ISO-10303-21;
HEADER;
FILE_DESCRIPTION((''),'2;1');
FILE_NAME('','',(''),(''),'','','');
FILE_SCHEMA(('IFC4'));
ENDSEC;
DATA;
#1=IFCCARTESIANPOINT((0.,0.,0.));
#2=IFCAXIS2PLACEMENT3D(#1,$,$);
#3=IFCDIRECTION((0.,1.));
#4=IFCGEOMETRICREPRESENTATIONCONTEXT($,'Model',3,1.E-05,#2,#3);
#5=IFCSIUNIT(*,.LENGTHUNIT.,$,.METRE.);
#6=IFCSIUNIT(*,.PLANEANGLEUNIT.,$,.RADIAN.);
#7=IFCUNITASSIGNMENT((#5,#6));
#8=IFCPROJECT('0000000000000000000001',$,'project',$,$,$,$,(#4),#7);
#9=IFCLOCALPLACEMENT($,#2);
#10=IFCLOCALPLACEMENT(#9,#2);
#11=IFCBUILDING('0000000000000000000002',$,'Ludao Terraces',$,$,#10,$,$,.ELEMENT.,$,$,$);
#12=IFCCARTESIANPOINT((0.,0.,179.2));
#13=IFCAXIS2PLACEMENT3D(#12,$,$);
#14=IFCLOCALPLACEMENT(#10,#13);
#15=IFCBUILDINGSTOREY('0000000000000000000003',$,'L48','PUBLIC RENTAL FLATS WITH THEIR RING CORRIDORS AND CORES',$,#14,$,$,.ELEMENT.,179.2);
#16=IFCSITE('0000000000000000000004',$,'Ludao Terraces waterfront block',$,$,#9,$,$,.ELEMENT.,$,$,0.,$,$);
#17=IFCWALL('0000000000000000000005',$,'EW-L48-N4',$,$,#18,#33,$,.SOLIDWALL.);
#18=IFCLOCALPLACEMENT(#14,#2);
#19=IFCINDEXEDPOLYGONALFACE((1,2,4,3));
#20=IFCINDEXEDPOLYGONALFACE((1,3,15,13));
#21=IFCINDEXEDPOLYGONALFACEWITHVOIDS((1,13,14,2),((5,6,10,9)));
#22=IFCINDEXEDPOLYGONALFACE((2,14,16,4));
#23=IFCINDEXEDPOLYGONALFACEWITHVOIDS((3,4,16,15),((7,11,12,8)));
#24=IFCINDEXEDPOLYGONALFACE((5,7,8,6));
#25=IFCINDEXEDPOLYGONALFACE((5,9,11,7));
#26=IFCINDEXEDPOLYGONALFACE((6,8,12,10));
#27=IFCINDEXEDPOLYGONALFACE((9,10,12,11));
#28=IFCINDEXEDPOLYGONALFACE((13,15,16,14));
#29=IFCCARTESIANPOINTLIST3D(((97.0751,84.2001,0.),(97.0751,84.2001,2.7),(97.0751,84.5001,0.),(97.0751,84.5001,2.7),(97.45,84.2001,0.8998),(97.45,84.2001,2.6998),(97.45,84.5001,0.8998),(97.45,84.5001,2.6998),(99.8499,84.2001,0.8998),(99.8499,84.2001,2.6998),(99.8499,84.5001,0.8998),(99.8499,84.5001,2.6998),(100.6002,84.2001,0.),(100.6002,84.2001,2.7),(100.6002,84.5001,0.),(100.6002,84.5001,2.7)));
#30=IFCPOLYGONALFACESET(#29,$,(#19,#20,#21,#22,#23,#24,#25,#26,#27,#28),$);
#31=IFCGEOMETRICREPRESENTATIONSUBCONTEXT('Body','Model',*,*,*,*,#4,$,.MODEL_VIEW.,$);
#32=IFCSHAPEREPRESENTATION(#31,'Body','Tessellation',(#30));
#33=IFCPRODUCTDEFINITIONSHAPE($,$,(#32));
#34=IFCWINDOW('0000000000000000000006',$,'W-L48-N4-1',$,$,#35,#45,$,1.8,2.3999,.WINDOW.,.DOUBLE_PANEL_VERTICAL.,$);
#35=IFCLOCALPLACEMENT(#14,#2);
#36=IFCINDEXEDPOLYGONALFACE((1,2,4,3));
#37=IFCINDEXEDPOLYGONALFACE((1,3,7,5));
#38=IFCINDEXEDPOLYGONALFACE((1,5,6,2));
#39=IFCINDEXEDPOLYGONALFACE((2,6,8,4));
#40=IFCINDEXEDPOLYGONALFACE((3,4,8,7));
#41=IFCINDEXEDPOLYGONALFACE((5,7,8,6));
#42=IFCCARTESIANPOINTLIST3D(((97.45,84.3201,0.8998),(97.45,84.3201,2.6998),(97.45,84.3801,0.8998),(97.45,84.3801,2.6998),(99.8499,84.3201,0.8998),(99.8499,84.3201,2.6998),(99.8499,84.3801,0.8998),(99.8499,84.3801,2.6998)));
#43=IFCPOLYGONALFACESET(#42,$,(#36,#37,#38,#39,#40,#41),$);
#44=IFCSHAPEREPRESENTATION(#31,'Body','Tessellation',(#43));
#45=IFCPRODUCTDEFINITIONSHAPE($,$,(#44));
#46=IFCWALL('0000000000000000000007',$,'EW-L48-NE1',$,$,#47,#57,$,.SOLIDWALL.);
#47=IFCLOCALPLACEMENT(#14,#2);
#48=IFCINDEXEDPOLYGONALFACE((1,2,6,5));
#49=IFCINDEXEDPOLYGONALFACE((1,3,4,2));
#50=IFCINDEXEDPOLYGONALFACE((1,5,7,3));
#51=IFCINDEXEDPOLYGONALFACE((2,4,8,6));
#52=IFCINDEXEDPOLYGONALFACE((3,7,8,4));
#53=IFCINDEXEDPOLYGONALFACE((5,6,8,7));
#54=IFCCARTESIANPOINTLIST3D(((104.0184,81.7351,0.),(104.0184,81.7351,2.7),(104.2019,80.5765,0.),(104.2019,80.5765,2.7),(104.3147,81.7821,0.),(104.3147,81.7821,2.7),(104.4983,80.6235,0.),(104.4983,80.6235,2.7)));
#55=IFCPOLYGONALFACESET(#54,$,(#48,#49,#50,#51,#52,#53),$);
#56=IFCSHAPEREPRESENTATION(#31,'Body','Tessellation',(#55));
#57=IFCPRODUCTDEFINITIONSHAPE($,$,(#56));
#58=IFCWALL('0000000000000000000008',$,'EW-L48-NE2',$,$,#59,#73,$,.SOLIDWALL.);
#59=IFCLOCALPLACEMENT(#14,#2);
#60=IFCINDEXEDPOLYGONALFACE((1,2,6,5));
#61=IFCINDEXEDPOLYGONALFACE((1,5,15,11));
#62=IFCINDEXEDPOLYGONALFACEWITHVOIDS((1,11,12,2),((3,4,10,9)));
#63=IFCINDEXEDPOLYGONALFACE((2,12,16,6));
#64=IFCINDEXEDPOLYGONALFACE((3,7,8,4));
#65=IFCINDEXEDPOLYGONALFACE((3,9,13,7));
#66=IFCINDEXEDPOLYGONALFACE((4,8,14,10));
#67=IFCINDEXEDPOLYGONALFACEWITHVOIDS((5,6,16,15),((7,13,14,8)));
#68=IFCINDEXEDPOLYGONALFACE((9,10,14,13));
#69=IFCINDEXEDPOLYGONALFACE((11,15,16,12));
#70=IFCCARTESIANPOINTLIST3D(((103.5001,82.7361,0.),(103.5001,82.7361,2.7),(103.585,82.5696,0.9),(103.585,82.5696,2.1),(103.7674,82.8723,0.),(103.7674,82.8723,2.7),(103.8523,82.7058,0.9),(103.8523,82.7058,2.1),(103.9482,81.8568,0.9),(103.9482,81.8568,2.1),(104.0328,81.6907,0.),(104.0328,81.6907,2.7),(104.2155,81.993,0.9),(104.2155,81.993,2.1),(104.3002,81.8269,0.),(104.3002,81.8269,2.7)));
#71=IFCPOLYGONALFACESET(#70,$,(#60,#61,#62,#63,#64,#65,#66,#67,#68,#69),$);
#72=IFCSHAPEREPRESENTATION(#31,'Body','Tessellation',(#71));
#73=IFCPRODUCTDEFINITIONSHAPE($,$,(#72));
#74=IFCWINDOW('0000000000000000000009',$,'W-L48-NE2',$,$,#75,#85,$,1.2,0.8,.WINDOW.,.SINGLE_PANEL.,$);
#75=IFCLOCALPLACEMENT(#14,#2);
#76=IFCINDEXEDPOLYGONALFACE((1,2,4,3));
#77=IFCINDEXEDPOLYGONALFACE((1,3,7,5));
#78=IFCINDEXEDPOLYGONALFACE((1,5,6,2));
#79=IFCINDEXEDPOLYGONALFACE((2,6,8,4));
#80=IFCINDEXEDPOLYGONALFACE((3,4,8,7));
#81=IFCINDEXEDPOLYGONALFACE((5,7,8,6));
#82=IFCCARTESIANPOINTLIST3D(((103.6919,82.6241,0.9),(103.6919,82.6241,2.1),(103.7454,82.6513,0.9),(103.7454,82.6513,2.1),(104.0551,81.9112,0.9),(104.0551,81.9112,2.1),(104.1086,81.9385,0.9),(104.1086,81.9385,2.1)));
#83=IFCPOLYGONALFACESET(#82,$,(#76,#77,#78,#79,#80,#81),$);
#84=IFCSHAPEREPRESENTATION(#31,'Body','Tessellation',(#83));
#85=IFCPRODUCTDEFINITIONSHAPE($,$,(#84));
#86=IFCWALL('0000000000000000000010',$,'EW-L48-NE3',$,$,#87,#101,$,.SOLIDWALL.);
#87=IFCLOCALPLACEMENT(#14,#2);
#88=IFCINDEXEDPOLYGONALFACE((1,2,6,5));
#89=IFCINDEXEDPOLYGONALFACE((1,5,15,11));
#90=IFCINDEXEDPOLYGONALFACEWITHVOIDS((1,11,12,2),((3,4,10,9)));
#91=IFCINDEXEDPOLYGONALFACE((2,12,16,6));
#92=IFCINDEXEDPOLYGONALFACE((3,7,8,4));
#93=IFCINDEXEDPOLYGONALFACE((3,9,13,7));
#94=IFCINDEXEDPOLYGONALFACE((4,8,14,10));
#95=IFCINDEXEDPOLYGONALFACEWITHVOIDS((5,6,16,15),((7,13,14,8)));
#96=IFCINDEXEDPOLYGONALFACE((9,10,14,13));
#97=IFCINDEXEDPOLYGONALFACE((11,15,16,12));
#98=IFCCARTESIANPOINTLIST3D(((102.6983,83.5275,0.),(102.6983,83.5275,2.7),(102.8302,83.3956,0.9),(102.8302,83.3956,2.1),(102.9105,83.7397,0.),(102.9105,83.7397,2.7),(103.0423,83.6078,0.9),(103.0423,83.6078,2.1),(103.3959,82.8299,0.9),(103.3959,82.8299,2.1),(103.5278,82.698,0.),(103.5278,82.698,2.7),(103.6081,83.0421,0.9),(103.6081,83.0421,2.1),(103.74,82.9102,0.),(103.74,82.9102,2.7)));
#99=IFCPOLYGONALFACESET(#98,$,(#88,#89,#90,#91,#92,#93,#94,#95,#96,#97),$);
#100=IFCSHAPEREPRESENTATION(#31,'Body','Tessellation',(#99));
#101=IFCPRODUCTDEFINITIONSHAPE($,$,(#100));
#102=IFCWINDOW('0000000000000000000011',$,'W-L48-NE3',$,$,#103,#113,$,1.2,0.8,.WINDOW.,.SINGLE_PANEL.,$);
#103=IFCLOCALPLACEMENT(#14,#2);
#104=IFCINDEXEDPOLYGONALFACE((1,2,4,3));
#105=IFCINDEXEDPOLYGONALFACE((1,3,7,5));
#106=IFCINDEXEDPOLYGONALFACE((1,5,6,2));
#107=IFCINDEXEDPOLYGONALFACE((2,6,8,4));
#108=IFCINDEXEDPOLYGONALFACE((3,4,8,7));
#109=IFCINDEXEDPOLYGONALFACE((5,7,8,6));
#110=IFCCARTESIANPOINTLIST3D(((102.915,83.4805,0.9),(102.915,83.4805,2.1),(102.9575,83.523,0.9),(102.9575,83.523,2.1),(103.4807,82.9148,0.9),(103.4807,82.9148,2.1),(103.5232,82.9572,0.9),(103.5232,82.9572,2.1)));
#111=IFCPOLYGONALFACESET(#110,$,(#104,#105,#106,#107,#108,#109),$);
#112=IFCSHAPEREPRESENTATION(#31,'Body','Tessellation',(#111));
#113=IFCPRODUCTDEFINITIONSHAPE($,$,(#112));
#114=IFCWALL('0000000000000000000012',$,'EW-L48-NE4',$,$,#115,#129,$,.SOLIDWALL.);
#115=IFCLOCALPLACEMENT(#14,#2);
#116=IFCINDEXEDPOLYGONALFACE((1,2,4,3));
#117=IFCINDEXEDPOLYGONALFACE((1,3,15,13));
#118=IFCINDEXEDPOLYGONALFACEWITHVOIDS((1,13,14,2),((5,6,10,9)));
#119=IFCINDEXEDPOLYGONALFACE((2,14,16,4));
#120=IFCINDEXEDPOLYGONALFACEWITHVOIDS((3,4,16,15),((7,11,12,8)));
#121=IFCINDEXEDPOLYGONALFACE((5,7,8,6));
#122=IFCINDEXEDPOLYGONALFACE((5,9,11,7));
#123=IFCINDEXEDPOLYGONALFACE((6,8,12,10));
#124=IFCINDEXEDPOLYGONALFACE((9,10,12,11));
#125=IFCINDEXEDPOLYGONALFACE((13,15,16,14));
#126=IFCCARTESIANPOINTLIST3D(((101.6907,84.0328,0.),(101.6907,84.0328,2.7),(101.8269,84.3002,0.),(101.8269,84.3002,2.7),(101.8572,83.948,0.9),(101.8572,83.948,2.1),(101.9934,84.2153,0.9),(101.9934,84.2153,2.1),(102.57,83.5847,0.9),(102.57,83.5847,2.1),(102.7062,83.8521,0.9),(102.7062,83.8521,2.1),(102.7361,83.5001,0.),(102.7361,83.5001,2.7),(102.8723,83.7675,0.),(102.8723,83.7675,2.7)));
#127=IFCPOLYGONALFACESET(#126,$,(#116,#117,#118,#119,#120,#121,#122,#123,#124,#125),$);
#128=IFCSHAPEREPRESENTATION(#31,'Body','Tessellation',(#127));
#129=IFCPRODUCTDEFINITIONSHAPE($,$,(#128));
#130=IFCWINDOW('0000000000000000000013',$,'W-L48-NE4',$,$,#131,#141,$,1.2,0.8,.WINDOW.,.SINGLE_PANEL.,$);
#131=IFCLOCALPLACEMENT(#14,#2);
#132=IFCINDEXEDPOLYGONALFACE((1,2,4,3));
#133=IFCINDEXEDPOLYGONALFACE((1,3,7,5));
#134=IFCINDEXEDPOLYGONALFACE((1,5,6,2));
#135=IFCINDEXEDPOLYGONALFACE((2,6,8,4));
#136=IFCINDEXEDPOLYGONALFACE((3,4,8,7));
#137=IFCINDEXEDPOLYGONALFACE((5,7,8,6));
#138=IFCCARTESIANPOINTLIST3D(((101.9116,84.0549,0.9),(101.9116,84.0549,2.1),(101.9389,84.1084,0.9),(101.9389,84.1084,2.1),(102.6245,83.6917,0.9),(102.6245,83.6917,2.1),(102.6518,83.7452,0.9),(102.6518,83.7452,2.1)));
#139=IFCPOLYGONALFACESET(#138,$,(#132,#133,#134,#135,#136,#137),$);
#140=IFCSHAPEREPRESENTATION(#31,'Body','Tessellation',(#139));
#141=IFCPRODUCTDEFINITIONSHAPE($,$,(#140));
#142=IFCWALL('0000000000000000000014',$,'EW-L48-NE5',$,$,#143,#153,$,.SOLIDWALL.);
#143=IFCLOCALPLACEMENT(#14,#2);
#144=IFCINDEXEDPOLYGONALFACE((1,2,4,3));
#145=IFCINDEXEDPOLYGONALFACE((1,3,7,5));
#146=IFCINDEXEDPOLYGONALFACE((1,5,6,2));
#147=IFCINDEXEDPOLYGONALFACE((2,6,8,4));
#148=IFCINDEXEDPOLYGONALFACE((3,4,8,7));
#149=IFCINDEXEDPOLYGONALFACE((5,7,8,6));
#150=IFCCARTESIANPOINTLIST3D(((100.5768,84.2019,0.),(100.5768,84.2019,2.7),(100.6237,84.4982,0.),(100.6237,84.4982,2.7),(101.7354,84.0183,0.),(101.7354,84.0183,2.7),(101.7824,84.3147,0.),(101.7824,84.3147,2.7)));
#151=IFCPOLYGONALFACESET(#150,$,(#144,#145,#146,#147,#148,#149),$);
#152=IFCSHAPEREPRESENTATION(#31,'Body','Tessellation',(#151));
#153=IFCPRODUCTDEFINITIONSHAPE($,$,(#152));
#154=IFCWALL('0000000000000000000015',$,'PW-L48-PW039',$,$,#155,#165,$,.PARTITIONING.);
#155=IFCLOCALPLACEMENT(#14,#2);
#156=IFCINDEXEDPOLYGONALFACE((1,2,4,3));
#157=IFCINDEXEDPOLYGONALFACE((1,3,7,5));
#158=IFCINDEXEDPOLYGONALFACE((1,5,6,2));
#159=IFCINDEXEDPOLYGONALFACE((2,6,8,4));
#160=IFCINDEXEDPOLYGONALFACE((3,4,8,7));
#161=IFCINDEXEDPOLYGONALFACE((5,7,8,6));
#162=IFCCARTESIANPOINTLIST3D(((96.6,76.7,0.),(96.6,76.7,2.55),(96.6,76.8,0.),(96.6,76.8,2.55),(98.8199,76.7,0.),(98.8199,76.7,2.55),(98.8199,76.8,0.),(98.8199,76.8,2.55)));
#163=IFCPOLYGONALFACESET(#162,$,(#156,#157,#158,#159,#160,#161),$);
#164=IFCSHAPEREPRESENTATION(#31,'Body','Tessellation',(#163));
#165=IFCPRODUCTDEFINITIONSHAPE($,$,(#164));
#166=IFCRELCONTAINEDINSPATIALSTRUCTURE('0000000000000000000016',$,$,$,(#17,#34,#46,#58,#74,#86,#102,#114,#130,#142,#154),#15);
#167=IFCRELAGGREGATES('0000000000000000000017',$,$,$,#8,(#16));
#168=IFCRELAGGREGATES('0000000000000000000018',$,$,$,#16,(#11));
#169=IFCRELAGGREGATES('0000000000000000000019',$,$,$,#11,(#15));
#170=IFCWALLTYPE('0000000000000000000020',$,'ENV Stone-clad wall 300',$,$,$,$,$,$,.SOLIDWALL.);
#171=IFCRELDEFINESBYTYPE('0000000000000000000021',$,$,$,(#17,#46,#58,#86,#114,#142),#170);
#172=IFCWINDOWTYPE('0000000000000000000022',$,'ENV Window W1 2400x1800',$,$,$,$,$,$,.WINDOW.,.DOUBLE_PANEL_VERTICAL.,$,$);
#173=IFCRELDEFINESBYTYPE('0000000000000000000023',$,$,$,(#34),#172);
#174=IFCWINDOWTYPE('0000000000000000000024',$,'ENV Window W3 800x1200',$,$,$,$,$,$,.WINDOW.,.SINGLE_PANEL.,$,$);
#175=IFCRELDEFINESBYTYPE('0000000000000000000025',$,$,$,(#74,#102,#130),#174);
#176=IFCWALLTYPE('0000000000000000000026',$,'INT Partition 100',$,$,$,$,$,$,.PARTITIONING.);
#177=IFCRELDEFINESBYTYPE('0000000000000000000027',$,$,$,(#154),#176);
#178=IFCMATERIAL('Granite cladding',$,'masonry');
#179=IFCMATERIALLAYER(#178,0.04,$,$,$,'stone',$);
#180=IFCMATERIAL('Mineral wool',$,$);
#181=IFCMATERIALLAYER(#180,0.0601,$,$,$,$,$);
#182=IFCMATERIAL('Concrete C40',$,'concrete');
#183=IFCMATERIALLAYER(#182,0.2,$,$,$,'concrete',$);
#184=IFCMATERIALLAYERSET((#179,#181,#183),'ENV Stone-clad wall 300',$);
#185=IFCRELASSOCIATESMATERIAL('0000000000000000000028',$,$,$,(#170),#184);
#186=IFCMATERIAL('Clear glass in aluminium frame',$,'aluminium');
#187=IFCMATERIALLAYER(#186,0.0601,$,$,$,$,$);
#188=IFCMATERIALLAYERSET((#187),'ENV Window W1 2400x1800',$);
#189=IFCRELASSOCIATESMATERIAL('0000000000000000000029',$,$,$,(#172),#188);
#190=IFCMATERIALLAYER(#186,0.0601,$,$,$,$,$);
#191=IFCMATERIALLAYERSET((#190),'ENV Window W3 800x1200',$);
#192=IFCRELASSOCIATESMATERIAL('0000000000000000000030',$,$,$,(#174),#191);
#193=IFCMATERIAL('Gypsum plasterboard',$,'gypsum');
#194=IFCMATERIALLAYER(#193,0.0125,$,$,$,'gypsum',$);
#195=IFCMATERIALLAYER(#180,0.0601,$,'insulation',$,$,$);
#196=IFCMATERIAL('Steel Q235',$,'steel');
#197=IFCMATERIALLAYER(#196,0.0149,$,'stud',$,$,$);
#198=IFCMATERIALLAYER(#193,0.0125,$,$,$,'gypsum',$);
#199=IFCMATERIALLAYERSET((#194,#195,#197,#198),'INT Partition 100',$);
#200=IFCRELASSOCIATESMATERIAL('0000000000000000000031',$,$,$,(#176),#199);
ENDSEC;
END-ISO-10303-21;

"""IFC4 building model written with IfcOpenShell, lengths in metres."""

from ifc_helpers import new_model, si_unit, direction, frame, frame_2d, origin, place, context, subcontext, project, spatial, rectangle, extrude, material, layer, layer_set, type_object, element, fill, save


model = new_model("IFC4")

# Units and contexts
model_context = context("Model", 3, precision=1e-05, world=origin(), true_north=direction((0.0, 1.0)))
body_context = subcontext(model_context, "Body", "Model", "MODEL_VIEW")
ifc_project = project(units=[si_unit("LENGTHUNIT", "METRE"), si_unit("PLANEANGLEUNIT", "RADIAN")], contexts=[model_context])

# Site, building, storey
site_placement = place(None, origin())
site = spatial("IfcSite", under=ifc_project, at=site_placement, Name="Ludao Terraces waterfront block", CompositionType="ELEMENT", RefElevation=0.0)
building_placement = place(site_placement, origin())
building = spatial("IfcBuilding", under=site, at=building_placement, Name="Ludao Terraces", CompositionType="ELEMENT")
storey_placement = place(building_placement, frame((0.0, 0.0, 179.2)))
storey = spatial("IfcBuildingStorey", under=building, at=storey_placement, Name="L48", Description="PUBLIC RENTAL FLATS WITH THEIR RING CORRIDORS AND CORES", CompositionType="ELEMENT", Elevation=179.2)

# Shared definitions
ifc_material_1 = material(Name="Concrete C40", Category="concrete")

# Shared definitions
ifc_material_2 = material(Name="Steel Q235", Category="steel")

# Shared definitions
ifc_material_3 = material(Name="Granite cladding", Category="masonry")
ifc_layer_1 = layer(ifc_material_3, 0.04, Category="stone")
ifc_material_4 = material(Name="Mineral wool")
ifc_layer_2 = layer(ifc_material_4, 0.0601)
ifc_layer_3 = layer(ifc_material_1, 0.2, Category="concrete")
ifc_layer_set_1 = layer_set([ifc_layer_1, ifc_layer_2, ifc_layer_3], Name="ENV Stone-clad wall 300")
wall_type_1 = type_object("IfcWallType", Name="ENV Stone-clad wall 300", PredefinedType="SOLIDWALL", material=ifc_layer_set_1)
ifc_material_5 = material(Name="Clear glass in aluminium frame", Category="aluminium")
ifc_layer_4 = layer(ifc_material_5, 0.0601)
ifc_layer_set_2 = layer_set([ifc_layer_4], Name="ENV Window W1 2400x1800")
window_type_1 = type_object("IfcWindowType", Name="ENV Window W1 2400x1800", PartitioningType="DOUBLE_PANEL_VERTICAL", PredefinedType="WINDOW", material=ifc_layer_set_2)

# Wall, opening, window
wall_1_placement = place(storey_placement, frame((97.075, 84.3501, 0.0), z_axis=(0.0, 0.0, 1.0), x_axis=(1.0, 0.0, 0.0)))
wall_1 = element("IfcWall", 1, at=wall_1_placement, inside=storey, type_object=wall_type_1, Name="EW-L48-N4", PredefinedType="SOLIDWALL", context=body_context, shape_type="SweptSolid", body=[
    extrude(rectangle(XDim=3.5251, YDim=0.3, at=frame_2d((1.7627, 0.0))), origin(), (0.0, 0.0, 1.0), 2.7),
])
opening_1_placement = place(wall_1_placement, frame((0.375, 0.0, 0.8999)))
opening_1 = element("IfcOpeningElement", 2, at=opening_1_placement, cuts=wall_1, PredefinedType="OPENING", context=body_context, shape_type="SweptSolid", body=[
    extrude(rectangle(XDim=2.3999, YDim=1.8, at=frame_2d((1.2, 0.8999))), frame((0.0, 0.1602, 0.0), z_axis=(0.0, -1.0, 0.0), x_axis=(1.0, 0.0, 0.0)), (0.0, 0.0, 1.0), 0.3201),
])
window_1_placement = place(opening_1_placement, origin())
window_1 = element("IfcWindow", 3, at=window_1_placement, inside=storey, type_object=window_type_1, Name="W-L48-N4-1", OverallHeight=1.8, OverallWidth=2.3999, PartitioningType="DOUBLE_PANEL_VERTICAL", PredefinedType="WINDOW", context=body_context, shape_type="SweptSolid", body=[
    extrude(rectangle(XDim=2.3999, YDim=1.8, at=frame_2d((1.2, 0.8999))), frame((0.0, 0.03, 0.0), z_axis=(0.0, -1.0, 0.0), x_axis=(1.0, 0.0, 0.0)), (0.0, 0.0, 1.0), 0.0601),
])
fill(opening_1, window_1)

# Wall
wall_2_placement = place(storey_placement, frame((104.3501, 80.6001, 0.0), z_axis=(0.0, 0.0, 1.0), x_axis=(-0.156497, 0.987678, 0.0)))
element("IfcWall", 4, at=wall_2_placement, inside=storey, type_object=wall_type_1, Name="EW-L48-NE1", PredefinedType="SOLIDWALL", context=body_context, shape_type="SweptSolid", body=[
    extrude(rectangle(XDim=1.1731, YDim=0.3, at=frame_2d((0.5864, 0.0))), origin(), (0.0, 0.0, 1.0), 2.7),
])

# Walls, openings, windows
wall_3_placement = place(storey_placement, frame((104.1665, 81.7588, 0.0), z_axis=(0.0, 0.0, 1.0), x_axis=(-0.454026, 0.890989, 0.0)))
wall_3 = element("IfcWall", 5, at=wall_3_placement, inside=storey, type_object=wall_type_1, Name="EW-L48-NE2", PredefinedType="SOLIDWALL", context=body_context, shape_type="SweptSolid", body=[
    extrude(rectangle(XDim=1.1733, YDim=0.3, at=frame_2d((0.5867, 0.0))), origin(), (0.0, 0.0, 1.0), 2.7),
])
opening_2_placement = place(wall_3_placement, frame((0.1865, 0.0, 0.8999)))
opening_2 = element("IfcOpeningElement", 6, at=opening_2_placement, cuts=wall_3, PredefinedType="OPENING", context=body_context, shape_type="SweptSolid", body=[
    extrude(rectangle(XDim=0.8, YDim=1.2, at=frame_2d((0.3999, 0.6001))), frame((0.0, 0.1602, 0.0), z_axis=(0.0, -1.0, 0.0), x_axis=(1.0, 0.0, 0.0)), (0.0, 0.0, 1.0), 0.3201),
])
ifc_layer_5 = layer(ifc_material_5, 0.0601)
ifc_layer_set_3 = layer_set([ifc_layer_5], Name="ENV Window W3 800x1200")
window_type_2 = type_object("IfcWindowType", Name="ENV Window W3 800x1200", PartitioningType="SINGLE_PANEL", PredefinedType="WINDOW", material=ifc_layer_set_3)
window_2_placement = place(opening_2_placement, origin())
window_2 = element("IfcWindow", 7, at=window_2_placement, inside=storey, type_object=window_type_2, Name="W-L48-NE2", OverallHeight=1.2, OverallWidth=0.8, PartitioningType="SINGLE_PANEL", PredefinedType="WINDOW", context=body_context, shape_type="SweptSolid", body=[
    extrude(rectangle(XDim=0.8, YDim=1.2, at=frame_2d((0.3999, 0.6001))), frame((0.0, 0.03, 0.0), z_axis=(0.0, -1.0, 0.0), x_axis=(1.0, 0.0, 0.0)), (0.0, 0.0, 1.0), 0.0601),
])
fill(opening_2, window_2)
wall_4_placement = place(storey_placement, frame((103.6338, 82.8042, 0.0), z_axis=(0.0, 0.0, 1.0), x_axis=(-0.707107, 0.707107, 0.0)))
wall_4 = element("IfcWall", 8, at=wall_4_placement, inside=storey, type_object=wall_type_1, Name="EW-L48-NE3", PredefinedType="SOLIDWALL", context=body_context, shape_type="SweptSolid", body=[
    extrude(rectangle(XDim=1.1731, YDim=0.3, at=frame_2d((0.5864, 0.0))), origin(), (0.0, 0.0, 1.0), 2.7),
])
opening_3_placement = place(wall_4_placement, frame((0.1865, 0.0, 0.8999)))
opening_3 = element("IfcOpeningElement", 9, at=opening_3_placement, cuts=wall_4, PredefinedType="OPENING", context=body_context, shape_type="SweptSolid", body=[
    extrude(rectangle(XDim=0.8, YDim=1.2, at=frame_2d((0.3999, 0.6001))), frame((0.0, 0.1602, 0.0), z_axis=(0.0, -1.0, 0.0), x_axis=(1.0, 0.0, 0.0)), (0.0, 0.0, 1.0), 0.3201),
])
window_3_placement = place(opening_3_placement, origin())
window_3 = element("IfcWindow", 10, at=window_3_placement, inside=storey, type_object=window_type_2, Name="W-L48-NE3", OverallHeight=1.2, OverallWidth=0.8, PartitioningType="SINGLE_PANEL", PredefinedType="WINDOW", context=body_context, shape_type="SweptSolid", body=[
    extrude(rectangle(XDim=0.8, YDim=1.2, at=frame_2d((0.3999, 0.6001))), frame((0.0, 0.03, 0.0), z_axis=(0.0, -1.0, 0.0), x_axis=(1.0, 0.0, 0.0)), (0.0, 0.0, 1.0), 0.0601),
])
fill(opening_3, window_3)
wall_5_placement = place(storey_placement, frame((102.8042, 83.6338, 0.0), z_axis=(0.0, 0.0, 1.0), x_axis=(-0.890989, 0.454026, 0.0)))
wall_5 = element("IfcWall", 11, at=wall_5_placement, inside=storey, type_object=wall_type_1, Name="EW-L48-NE4", PredefinedType="SOLIDWALL", context=body_context, shape_type="SweptSolid", body=[
    extrude(rectangle(XDim=1.1733, YDim=0.3, at=frame_2d((0.5867, 0.0))), origin(), (0.0, 0.0, 1.0), 2.7),
])
opening_4_placement = place(wall_5_placement, frame((0.1865, 0.0, 0.8999)))
opening_4 = element("IfcOpeningElement", 12, at=opening_4_placement, cuts=wall_5, PredefinedType="OPENING", context=body_context, shape_type="SweptSolid", body=[
    extrude(rectangle(XDim=0.8, YDim=1.2, at=frame_2d((0.3999, 0.6001))), frame((0.0, 0.1602, 0.0), z_axis=(0.0, -1.0, 0.0), x_axis=(1.0, 0.0, 0.0)), (0.0, 0.0, 1.0), 0.3201),
])
window_4_placement = place(opening_4_placement, origin())
window_4 = element("IfcWindow", 13, at=window_4_placement, inside=storey, type_object=window_type_2, Name="W-L48-NE4", OverallHeight=1.2, OverallWidth=0.8, PartitioningType="SINGLE_PANEL", PredefinedType="WINDOW", context=body_context, shape_type="SweptSolid", body=[
    extrude(rectangle(XDim=0.8, YDim=1.2, at=frame_2d((0.3999, 0.6001))), frame((0.0, 0.03, 0.0), z_axis=(0.0, -1.0, 0.0), x_axis=(1.0, 0.0, 0.0)), (0.0, 0.0, 1.0), 0.0601),
])
fill(opening_4, window_4)

# Walls
wall_6_placement = place(storey_placement, frame((101.7588, 84.1665, 0.0), z_axis=(0.0, 0.0, 1.0), x_axis=(-0.987678, 0.156497, 0.0)))
element("IfcWall", 14, at=wall_6_placement, inside=storey, type_object=wall_type_1, Name="EW-L48-NE5", PredefinedType="SOLIDWALL", context=body_context, shape_type="SweptSolid", body=[
    extrude(rectangle(XDim=1.1731, YDim=0.3, at=frame_2d((0.5864, 0.0))), origin(), (0.0, 0.0, 1.0), 2.7),
])
ifc_material_6 = material(Name="Gypsum plasterboard", Category="gypsum")
ifc_layer_6 = layer(ifc_material_6, 0.0125, Category="gypsum")
ifc_layer_7 = layer(ifc_material_4, 0.0601, Name="insulation")
ifc_layer_8 = layer(ifc_material_2, 0.0149, Name="stud")
ifc_layer_9 = layer(ifc_material_6, 0.0125, Category="gypsum")
ifc_layer_set_4 = layer_set([ifc_layer_6, ifc_layer_7, ifc_layer_8, ifc_layer_9], Name="INT Partition 100")
wall_type_2 = type_object("IfcWallType", Name="INT Partition 100", PredefinedType="PARTITIONING", material=ifc_layer_set_4)
wall_7_placement = place(storey_placement, frame((96.6001, 76.75, 0.0), z_axis=(0.0, 0.0, 1.0), x_axis=(1.0, 0.0, 0.0)))
element("IfcWall", 15, at=wall_7_placement, inside=storey, type_object=wall_type_2, Name="PW-L48-PW039", PredefinedType="PARTITIONING", context=body_context, shape_type="SweptSolid", body=[
    extrude(rectangle(XDim=2.22, YDim=0.1001, at=frame_2d((1.1099, 0.0))), origin(), (0.0, 0.0, 1.0), 2.55),
])

save(model, "model.ifc")
